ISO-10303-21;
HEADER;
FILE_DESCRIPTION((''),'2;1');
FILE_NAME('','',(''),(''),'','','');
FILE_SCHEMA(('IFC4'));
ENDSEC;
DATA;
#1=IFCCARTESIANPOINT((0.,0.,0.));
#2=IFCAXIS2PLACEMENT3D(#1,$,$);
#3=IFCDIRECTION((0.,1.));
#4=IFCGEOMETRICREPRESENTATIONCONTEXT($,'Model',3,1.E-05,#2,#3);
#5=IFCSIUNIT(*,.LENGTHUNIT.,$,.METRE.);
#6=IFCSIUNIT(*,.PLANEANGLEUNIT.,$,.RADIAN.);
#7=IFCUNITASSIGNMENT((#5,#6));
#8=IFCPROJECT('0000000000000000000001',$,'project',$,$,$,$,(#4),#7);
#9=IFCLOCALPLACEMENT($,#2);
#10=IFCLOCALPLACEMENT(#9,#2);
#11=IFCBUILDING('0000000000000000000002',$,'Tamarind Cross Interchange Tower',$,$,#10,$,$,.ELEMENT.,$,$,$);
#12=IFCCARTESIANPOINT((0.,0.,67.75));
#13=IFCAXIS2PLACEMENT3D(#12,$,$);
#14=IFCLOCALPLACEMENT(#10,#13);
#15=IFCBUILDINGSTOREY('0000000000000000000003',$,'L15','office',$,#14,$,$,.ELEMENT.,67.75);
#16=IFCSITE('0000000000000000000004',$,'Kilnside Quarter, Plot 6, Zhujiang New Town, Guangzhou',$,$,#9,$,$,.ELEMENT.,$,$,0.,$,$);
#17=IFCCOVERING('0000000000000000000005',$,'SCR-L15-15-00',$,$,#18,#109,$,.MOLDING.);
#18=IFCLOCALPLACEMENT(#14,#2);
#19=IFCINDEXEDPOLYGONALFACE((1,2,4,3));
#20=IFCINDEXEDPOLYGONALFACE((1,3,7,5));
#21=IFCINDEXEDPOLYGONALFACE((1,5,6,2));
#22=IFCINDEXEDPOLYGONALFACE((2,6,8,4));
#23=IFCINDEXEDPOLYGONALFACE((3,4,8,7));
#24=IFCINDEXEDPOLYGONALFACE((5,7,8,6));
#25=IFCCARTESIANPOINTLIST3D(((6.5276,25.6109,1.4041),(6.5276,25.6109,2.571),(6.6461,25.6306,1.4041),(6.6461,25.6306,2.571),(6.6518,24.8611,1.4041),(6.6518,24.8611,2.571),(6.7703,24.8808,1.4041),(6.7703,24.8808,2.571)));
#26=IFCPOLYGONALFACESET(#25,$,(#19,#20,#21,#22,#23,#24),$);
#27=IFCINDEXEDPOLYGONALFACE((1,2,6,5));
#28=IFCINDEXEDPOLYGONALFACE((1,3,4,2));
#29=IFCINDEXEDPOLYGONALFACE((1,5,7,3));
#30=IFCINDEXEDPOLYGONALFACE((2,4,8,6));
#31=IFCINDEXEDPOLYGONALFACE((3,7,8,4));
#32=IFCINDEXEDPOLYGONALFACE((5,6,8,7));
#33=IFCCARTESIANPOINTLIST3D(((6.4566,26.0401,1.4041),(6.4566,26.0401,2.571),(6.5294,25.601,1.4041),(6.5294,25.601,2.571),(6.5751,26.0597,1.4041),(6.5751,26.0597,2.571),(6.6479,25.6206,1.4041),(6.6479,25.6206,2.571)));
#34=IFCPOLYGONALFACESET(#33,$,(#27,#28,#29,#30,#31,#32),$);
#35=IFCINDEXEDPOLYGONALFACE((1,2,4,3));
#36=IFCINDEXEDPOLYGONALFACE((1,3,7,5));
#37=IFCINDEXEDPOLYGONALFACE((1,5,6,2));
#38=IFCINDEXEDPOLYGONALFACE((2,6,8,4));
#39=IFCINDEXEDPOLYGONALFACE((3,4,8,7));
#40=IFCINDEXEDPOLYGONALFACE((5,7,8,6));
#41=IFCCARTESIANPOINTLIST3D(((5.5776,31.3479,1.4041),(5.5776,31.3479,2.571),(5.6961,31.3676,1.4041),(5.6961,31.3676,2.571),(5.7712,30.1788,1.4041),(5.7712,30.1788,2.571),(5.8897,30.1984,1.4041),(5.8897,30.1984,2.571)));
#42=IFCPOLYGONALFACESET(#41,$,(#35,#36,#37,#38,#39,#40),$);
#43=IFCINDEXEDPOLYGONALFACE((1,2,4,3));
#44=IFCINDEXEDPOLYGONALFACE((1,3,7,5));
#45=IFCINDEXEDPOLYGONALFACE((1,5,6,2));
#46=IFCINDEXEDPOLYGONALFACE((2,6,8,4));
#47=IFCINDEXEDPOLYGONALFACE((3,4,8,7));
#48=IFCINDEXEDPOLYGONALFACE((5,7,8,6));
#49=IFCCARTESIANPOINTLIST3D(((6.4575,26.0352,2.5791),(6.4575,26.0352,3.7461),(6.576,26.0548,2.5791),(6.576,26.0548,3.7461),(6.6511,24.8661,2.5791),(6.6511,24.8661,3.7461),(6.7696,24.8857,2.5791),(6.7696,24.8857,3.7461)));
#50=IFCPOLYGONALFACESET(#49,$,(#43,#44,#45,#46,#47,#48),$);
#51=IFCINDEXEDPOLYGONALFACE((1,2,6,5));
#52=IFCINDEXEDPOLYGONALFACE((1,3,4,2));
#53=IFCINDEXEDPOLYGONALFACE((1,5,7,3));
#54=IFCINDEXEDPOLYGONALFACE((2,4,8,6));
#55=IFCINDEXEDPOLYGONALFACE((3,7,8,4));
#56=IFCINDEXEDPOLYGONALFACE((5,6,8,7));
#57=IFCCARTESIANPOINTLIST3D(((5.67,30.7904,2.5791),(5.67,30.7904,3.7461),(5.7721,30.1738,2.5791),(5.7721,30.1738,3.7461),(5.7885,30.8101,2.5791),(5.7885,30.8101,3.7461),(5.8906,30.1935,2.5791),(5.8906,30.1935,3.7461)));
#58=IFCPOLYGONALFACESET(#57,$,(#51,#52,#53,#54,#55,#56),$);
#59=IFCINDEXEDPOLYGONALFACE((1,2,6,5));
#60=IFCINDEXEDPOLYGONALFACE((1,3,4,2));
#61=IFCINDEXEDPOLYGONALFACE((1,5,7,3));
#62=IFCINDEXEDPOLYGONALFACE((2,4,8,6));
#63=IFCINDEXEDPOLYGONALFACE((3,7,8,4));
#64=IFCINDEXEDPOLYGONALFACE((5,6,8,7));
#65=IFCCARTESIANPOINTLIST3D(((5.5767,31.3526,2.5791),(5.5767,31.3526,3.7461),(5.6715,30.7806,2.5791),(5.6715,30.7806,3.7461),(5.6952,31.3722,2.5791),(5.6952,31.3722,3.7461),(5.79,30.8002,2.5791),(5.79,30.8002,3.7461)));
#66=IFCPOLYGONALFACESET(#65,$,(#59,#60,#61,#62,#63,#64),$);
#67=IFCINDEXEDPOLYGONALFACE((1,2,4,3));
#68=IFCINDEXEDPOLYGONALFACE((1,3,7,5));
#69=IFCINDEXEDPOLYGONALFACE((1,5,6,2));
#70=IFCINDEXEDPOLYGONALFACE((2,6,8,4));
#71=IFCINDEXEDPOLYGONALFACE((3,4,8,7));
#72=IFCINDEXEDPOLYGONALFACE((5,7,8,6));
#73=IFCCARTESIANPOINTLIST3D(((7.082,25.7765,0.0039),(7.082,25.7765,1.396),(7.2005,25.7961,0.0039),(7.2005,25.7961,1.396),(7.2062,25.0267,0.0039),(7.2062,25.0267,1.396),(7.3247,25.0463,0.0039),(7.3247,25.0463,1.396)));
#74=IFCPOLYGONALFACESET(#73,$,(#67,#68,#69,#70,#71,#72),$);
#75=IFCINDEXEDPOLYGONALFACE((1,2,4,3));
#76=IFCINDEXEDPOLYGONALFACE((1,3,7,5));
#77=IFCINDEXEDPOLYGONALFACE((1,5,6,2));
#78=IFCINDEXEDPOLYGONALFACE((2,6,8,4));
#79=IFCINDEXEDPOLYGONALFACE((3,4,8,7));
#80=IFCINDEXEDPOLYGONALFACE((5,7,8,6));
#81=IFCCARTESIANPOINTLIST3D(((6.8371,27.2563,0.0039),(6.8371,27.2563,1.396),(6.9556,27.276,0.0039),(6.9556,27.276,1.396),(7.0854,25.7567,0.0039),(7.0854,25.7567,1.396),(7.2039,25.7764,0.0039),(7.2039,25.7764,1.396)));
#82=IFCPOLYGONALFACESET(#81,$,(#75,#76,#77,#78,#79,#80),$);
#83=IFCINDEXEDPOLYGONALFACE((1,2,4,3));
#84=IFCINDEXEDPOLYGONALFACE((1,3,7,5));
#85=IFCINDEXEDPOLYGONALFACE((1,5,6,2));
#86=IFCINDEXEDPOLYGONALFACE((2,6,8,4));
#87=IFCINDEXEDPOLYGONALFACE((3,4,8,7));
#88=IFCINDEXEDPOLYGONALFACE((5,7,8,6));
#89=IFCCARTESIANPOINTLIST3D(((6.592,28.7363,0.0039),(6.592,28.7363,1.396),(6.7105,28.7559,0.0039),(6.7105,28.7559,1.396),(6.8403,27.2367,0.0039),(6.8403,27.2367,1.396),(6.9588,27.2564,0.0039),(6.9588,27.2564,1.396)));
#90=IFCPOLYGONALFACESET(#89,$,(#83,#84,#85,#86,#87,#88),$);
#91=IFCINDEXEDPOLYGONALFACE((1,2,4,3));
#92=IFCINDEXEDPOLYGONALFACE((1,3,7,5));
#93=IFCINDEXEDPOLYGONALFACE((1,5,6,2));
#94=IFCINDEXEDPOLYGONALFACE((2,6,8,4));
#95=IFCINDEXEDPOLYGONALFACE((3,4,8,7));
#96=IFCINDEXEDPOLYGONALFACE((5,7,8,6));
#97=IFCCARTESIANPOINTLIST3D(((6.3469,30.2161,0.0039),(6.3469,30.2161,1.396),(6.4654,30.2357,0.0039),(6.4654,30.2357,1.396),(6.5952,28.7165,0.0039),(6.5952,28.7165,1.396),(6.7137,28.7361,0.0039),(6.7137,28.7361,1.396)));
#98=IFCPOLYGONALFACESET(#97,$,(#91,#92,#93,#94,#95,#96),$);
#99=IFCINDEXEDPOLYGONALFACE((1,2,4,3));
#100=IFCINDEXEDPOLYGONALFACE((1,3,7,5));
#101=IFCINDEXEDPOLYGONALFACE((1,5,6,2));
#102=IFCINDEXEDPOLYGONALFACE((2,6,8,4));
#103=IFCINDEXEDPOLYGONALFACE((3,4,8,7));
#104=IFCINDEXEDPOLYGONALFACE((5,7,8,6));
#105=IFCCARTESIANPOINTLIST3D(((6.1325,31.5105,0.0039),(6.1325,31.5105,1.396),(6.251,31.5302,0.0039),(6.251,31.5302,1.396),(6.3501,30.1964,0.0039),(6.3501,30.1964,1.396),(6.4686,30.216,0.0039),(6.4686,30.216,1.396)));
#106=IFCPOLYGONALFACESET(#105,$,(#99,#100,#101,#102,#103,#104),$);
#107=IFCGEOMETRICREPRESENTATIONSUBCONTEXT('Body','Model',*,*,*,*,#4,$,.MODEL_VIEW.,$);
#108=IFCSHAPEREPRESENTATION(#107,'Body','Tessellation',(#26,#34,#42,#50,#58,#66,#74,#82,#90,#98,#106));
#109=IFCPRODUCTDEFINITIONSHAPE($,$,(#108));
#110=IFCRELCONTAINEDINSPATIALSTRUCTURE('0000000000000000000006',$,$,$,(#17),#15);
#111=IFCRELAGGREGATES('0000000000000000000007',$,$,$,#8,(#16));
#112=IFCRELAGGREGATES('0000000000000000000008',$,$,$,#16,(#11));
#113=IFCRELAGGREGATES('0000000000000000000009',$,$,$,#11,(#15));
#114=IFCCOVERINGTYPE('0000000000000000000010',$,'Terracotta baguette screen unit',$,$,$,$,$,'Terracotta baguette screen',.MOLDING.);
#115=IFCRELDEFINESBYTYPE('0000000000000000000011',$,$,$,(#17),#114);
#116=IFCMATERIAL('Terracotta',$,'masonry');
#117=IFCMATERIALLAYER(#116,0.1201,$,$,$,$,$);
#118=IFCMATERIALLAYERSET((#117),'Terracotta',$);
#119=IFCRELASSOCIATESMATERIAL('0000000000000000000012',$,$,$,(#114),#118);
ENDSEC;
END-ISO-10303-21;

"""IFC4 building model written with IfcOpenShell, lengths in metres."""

from ifc_helpers import new_model, si_unit, direction, frame, origin, origin_2d, place, context, subcontext, project, spatial, rectangle, extrude, material, layer, layer_set, type_object, element, save


model = new_model("IFC4")

# Units and contexts
model_context = context("Model", 3, precision=1e-05, world=origin(), true_north=direction((0.0, 1.0)))
body_context = subcontext(model_context, "Body", "Model", "MODEL_VIEW")
ifc_project = project(units=[si_unit("LENGTHUNIT", "METRE"), si_unit("PLANEANGLEUNIT", "RADIAN")], contexts=[model_context])

# Site, building, storey
site_placement = place(None, origin())
site = spatial("IfcSite", under=ifc_project, at=site_placement, Name="Kilnside Quarter, Plot 6, Zhujiang New Town, Guangzhou", CompositionType="ELEMENT", RefElevation=0.0)
building_placement = place(site_placement, origin())
building = spatial("IfcBuilding", under=site, at=building_placement, Name="Tamarind Cross Interchange Tower", CompositionType="ELEMENT")
storey_placement = place(building_placement, frame((0.0, 0.0, 67.75)))
storey = spatial("IfcBuildingStorey", under=building, at=storey_placement, Name="L15", Description="office", CompositionType="ELEMENT", Elevation=67.75)

# Covering
ifc_material_1 = material(Name="Terracotta", Category="masonry")
ifc_layer_1 = layer(ifc_material_1, 0.1201)
ifc_layer_set_1 = layer_set([ifc_layer_1], Name="Terracotta")
covering_type = type_object("IfcCoveringType", Name="Terracotta baguette screen unit", ElementType="Terracotta baguette screen", PredefinedType="MOLDING", material=ifc_layer_set_1)
covering_1_placement = place(storey_placement, origin())
element("IfcCovering", 1, at=covering_1_placement, inside=storey, type_object=covering_type, Name="SCR-L15-15-00", PredefinedType="MOLDING", context=body_context, shape_type="SweptSolid", body=[
    extrude(rectangle(XDim=0.76, YDim=0.1201, at=origin_2d()), frame((6.6489, 25.2458, 1.4041), z_axis=(0.0, 0.0, 1.0), x_axis=(-0.163381, 0.986563, 0.0)), (0.0, 0.0, 1.0), 1.167),
    extrude(rectangle(XDim=0.4451, YDim=0.1201, at=origin_2d()), frame((6.5522, 25.8303, 1.4041), z_axis=(0.0, 0.0, 1.0), x_axis=(-0.163381, 0.986563, 0.0)), (0.0, 0.0, 1.0), 1.167),
    extrude(rectangle(XDim=1.1851, YDim=0.1201, at=origin_2d()), frame((5.7336, 30.7732, 1.4041), z_axis=(0.0, 0.0, 1.0), x_axis=(-0.163381, 0.986563, 0.0)), (0.0, 0.0, 1.0), 1.167),
    extrude(rectangle(XDim=1.1851, YDim=0.1201, at=origin_2d()), frame((6.6135, 25.4604, 2.5791), z_axis=(0.0, 0.0, 1.0), x_axis=(-0.163381, 0.986563, 0.0)), (0.0, 0.0, 1.0), 1.167),
    extrude(rectangle(XDim=0.625, YDim=0.1201, at=origin_2d()), frame((5.7803, 30.4919, 2.5791), z_axis=(0.0, 0.0, 1.0), x_axis=(-0.163381, 0.986563, 0.0)), (0.0, 0.0, 1.0), 1.167),
    extrude(rectangle(XDim=0.5798, YDim=0.1201, at=origin_2d()), frame((5.6833, 31.0764, 2.5791), z_axis=(0.0, 0.0, 1.0), x_axis=(-0.163381, 0.986563, 0.0)), (0.0, 0.0, 1.0), 1.167),
    extrude(rectangle(XDim=0.76, YDim=0.1201, at=origin_2d()), frame((7.2034, 25.4114, 0.0039), z_axis=(0.0, 0.0, 1.0), x_axis=(-0.163381, 0.986563, 0.0)), (0.0, 0.0, 1.0), 1.3921),
    extrude(rectangle(XDim=1.52, YDim=0.1201, at=origin_2d()), frame((7.0205, 26.5164, 0.0039), z_axis=(0.0, 0.0, 1.0), x_axis=(-0.163381, 0.986563, 0.0)), (0.0, 0.0, 1.0), 1.3921),
    extrude(rectangle(XDim=1.52, YDim=0.1201, at=origin_2d()), frame((6.7754, 27.9963, 0.0039), z_axis=(0.0, 0.0, 1.0), x_axis=(-0.163381, 0.986563, 0.0)), (0.0, 0.0, 1.0), 1.3921),
    extrude(rectangle(XDim=1.52, YDim=0.1201, at=origin_2d()), frame((6.5303, 29.4761, 0.0039), z_axis=(0.0, 0.0, 1.0), x_axis=(-0.163381, 0.986563, 0.0)), (0.0, 0.0, 1.0), 1.3921),
    extrude(rectangle(XDim=1.332, YDim=0.1201, at=origin_2d()), frame((6.3005, 30.8633, 0.0039), z_axis=(0.0, 0.0, 1.0), x_axis=(-0.163381, 0.986563, 0.0)), (0.0, 0.0, 1.0), 1.3921),
])

save(model, "model.ifc")
